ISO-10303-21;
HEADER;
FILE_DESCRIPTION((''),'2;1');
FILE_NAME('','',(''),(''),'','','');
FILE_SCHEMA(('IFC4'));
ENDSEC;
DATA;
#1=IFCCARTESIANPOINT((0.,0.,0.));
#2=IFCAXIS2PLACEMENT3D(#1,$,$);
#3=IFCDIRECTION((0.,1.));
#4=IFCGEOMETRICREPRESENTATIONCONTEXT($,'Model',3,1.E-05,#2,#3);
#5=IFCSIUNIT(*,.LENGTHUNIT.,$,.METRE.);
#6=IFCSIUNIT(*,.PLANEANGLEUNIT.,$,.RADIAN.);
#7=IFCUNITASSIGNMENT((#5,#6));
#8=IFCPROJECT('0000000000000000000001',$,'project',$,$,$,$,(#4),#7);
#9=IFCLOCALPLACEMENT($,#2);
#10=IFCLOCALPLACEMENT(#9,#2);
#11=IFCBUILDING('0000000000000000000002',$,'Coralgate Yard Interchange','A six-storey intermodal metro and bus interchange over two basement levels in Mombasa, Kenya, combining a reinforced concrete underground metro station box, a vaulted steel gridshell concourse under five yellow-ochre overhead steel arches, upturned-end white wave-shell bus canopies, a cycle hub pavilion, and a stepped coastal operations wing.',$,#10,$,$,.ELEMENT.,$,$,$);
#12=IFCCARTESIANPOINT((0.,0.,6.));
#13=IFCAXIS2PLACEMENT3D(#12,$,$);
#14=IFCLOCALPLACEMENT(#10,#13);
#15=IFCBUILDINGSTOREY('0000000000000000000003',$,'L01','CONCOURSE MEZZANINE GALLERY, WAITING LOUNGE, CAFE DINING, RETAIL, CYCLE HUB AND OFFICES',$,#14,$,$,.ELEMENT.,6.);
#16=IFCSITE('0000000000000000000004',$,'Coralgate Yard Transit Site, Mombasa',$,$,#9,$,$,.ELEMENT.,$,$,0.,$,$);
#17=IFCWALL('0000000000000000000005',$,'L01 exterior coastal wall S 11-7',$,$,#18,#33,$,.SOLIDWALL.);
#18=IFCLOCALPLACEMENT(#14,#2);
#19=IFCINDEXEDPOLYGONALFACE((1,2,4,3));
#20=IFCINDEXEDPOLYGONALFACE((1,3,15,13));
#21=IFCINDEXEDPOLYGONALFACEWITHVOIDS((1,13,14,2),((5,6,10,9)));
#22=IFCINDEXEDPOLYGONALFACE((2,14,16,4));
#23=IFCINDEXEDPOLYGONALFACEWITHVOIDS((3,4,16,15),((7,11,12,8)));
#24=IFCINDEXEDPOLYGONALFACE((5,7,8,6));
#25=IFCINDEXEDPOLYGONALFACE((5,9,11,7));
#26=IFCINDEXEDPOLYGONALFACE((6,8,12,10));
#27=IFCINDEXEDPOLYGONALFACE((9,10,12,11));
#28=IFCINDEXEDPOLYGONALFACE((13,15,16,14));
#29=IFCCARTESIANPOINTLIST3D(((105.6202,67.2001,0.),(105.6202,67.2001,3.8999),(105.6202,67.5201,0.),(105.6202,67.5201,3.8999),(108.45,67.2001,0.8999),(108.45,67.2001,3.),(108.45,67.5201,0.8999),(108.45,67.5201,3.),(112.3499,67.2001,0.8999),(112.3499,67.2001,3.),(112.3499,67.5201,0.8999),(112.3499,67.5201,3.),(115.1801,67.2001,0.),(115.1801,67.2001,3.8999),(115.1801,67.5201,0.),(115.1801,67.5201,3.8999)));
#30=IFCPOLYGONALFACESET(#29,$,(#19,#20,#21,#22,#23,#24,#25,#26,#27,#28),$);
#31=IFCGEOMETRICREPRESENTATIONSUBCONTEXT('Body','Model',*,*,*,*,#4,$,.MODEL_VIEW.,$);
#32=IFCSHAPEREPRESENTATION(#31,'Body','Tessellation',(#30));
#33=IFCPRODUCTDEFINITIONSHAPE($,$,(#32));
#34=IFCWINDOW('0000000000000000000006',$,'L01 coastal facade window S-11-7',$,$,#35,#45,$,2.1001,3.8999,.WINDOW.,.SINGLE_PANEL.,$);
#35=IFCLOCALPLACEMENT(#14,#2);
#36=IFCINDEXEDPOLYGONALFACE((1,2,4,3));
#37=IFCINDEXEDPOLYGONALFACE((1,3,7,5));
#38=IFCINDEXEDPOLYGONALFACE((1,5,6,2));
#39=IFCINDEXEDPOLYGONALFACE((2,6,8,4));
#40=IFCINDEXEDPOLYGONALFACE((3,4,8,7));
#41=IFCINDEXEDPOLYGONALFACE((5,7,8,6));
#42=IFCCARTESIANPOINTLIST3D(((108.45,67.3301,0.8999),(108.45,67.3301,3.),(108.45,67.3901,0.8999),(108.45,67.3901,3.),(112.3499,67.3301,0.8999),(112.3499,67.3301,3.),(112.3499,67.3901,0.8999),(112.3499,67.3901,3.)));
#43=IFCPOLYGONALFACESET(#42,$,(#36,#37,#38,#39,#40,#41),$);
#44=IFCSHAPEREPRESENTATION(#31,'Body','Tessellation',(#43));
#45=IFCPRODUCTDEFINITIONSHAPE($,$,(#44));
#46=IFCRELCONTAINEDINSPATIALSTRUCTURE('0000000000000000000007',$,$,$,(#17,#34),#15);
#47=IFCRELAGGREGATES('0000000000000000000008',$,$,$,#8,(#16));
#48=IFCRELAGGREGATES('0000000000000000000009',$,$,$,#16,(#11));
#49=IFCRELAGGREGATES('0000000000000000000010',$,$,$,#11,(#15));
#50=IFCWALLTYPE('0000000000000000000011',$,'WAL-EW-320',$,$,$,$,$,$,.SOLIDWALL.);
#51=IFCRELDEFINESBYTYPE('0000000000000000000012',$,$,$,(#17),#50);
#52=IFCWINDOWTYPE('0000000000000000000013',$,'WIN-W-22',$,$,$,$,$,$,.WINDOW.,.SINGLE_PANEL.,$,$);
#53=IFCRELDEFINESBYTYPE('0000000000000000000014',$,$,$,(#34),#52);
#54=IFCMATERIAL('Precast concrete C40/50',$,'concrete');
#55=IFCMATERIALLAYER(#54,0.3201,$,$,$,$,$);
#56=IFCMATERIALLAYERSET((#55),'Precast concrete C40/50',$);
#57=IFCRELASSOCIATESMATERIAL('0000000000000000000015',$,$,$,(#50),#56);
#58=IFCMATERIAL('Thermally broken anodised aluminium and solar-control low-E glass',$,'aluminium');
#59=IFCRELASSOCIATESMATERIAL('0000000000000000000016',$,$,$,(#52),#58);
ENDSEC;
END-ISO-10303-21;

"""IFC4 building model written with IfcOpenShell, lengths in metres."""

from ifc_helpers import new_model, si_unit, direction, frame, frame_2d, origin, place, context, subcontext, project, spatial, rectangle, extrude, material, layer, layer_set, type_object, element, fill, save


model = new_model("IFC4")

# Units and contexts
model_context = context("Model", 3, precision=1e-05, world=origin(), true_north=direction((0.0, 1.0)))
body_context = subcontext(model_context, "Body", "Model", "MODEL_VIEW")
ifc_project = project(units=[si_unit("LENGTHUNIT", "METRE"), si_unit("PLANEANGLEUNIT", "RADIAN")], contexts=[model_context])

# Site, building, storey
site_placement = place(None, origin())
site = spatial("IfcSite", under=ifc_project, at=site_placement, Name="Coralgate Yard Transit Site, Mombasa", CompositionType="ELEMENT", RefElevation=0.0)
building_placement = place(site_placement, origin())
building = spatial("IfcBuilding", under=site, at=building_placement, Name="Coralgate Yard Interchange", Description="A six-storey intermodal metro and bus interchange over two basement levels in Mombasa, Kenya, combining a reinforced concrete underground metro station box, a vaulted steel gridshell concourse under five yellow-ochre overhead steel arches, upturned-end white wave-shell bus canopies, a cycle hub pavilion, and a stepped coastal operations wing.", CompositionType="ELEMENT")
storey_placement = place(building_placement, frame((0.0, 0.0, 6.0)))
storey = spatial("IfcBuildingStorey", under=building, at=storey_placement, Name="L01", Description="CONCOURSE MEZZANINE GALLERY, WAITING LOUNGE, CAFE DINING, RETAIL, CYCLE HUB AND OFFICES", CompositionType="ELEMENT", Elevation=6.0)

# Wall, opening, window
ifc_material_1 = material(Name="Precast concrete C40/50", Category="concrete")
ifc_layer_1 = layer(ifc_material_1, 0.3201)
ifc_layer_set_1 = layer_set([ifc_layer_1], Name="Precast concrete C40/50")
wall_type = type_object("IfcWallType", Name="WAL-EW-320", PredefinedType="SOLIDWALL", material=ifc_layer_set_1)
wall_placement = place(storey_placement, frame((115.1799, 67.3601, 0.0), z_axis=(0.0, 0.0, 1.0), x_axis=(-1.0, 0.0, 0.0)))
wall = element("IfcWall", 1, at=wall_placement, inside=storey, type_object=wall_type, Name="L01 exterior coastal wall S 11-7", PredefinedType="SOLIDWALL", context=body_context, shape_type="SweptSolid", body=[
    extrude(rectangle(XDim=9.5598, YDim=0.3201, at=frame_2d((4.7798, 0.0))), origin(), (0.0, 0.0, 1.0), 3.8999),
])
opening_placement = place(wall_placement, frame((2.8301, 0.0, 0.8999)))
opening = element("IfcOpeningElement", 2, at=opening_placement, cuts=wall, PredefinedType="OPENING", context=body_context, shape_type="SweptSolid", body=[
    extrude(rectangle(XDim=3.8999, YDim=2.1001, at=frame_2d((1.95, 1.05))), frame((0.0, 0.1699, 0.0), z_axis=(0.0, -1.0, 0.0), x_axis=(1.0, 0.0, 0.0)), (0.0, 0.0, 1.0), 0.3401),
])
ifc_material_2 = material(Name="Thermally broken anodised aluminium and solar-control low-E glass", Category="aluminium")
window_type = type_object("IfcWindowType", Name="WIN-W-22", PartitioningType="SINGLE_PANEL", PredefinedType="WINDOW", material=ifc_material_2)
window_placement = place(opening_placement, origin())
window = element("IfcWindow", 3, at=window_placement, inside=storey, type_object=window_type, Name="L01 coastal facade window S-11-7", OverallHeight=2.1001, OverallWidth=3.8999, PartitioningType="SINGLE_PANEL", PredefinedType="WINDOW", context=body_context, shape_type="SweptSolid", body=[
    extrude(rectangle(XDim=3.8999, YDim=2.1001, at=frame_2d((1.95, 1.05))), frame((0.0, 0.03, 0.0), z_axis=(0.0, -1.0, 0.0), x_axis=(1.0, 0.0, 0.0)), (0.0, 0.0, 1.0), 0.0601),
])
fill(opening, window)

save(model, "model.ifc")
